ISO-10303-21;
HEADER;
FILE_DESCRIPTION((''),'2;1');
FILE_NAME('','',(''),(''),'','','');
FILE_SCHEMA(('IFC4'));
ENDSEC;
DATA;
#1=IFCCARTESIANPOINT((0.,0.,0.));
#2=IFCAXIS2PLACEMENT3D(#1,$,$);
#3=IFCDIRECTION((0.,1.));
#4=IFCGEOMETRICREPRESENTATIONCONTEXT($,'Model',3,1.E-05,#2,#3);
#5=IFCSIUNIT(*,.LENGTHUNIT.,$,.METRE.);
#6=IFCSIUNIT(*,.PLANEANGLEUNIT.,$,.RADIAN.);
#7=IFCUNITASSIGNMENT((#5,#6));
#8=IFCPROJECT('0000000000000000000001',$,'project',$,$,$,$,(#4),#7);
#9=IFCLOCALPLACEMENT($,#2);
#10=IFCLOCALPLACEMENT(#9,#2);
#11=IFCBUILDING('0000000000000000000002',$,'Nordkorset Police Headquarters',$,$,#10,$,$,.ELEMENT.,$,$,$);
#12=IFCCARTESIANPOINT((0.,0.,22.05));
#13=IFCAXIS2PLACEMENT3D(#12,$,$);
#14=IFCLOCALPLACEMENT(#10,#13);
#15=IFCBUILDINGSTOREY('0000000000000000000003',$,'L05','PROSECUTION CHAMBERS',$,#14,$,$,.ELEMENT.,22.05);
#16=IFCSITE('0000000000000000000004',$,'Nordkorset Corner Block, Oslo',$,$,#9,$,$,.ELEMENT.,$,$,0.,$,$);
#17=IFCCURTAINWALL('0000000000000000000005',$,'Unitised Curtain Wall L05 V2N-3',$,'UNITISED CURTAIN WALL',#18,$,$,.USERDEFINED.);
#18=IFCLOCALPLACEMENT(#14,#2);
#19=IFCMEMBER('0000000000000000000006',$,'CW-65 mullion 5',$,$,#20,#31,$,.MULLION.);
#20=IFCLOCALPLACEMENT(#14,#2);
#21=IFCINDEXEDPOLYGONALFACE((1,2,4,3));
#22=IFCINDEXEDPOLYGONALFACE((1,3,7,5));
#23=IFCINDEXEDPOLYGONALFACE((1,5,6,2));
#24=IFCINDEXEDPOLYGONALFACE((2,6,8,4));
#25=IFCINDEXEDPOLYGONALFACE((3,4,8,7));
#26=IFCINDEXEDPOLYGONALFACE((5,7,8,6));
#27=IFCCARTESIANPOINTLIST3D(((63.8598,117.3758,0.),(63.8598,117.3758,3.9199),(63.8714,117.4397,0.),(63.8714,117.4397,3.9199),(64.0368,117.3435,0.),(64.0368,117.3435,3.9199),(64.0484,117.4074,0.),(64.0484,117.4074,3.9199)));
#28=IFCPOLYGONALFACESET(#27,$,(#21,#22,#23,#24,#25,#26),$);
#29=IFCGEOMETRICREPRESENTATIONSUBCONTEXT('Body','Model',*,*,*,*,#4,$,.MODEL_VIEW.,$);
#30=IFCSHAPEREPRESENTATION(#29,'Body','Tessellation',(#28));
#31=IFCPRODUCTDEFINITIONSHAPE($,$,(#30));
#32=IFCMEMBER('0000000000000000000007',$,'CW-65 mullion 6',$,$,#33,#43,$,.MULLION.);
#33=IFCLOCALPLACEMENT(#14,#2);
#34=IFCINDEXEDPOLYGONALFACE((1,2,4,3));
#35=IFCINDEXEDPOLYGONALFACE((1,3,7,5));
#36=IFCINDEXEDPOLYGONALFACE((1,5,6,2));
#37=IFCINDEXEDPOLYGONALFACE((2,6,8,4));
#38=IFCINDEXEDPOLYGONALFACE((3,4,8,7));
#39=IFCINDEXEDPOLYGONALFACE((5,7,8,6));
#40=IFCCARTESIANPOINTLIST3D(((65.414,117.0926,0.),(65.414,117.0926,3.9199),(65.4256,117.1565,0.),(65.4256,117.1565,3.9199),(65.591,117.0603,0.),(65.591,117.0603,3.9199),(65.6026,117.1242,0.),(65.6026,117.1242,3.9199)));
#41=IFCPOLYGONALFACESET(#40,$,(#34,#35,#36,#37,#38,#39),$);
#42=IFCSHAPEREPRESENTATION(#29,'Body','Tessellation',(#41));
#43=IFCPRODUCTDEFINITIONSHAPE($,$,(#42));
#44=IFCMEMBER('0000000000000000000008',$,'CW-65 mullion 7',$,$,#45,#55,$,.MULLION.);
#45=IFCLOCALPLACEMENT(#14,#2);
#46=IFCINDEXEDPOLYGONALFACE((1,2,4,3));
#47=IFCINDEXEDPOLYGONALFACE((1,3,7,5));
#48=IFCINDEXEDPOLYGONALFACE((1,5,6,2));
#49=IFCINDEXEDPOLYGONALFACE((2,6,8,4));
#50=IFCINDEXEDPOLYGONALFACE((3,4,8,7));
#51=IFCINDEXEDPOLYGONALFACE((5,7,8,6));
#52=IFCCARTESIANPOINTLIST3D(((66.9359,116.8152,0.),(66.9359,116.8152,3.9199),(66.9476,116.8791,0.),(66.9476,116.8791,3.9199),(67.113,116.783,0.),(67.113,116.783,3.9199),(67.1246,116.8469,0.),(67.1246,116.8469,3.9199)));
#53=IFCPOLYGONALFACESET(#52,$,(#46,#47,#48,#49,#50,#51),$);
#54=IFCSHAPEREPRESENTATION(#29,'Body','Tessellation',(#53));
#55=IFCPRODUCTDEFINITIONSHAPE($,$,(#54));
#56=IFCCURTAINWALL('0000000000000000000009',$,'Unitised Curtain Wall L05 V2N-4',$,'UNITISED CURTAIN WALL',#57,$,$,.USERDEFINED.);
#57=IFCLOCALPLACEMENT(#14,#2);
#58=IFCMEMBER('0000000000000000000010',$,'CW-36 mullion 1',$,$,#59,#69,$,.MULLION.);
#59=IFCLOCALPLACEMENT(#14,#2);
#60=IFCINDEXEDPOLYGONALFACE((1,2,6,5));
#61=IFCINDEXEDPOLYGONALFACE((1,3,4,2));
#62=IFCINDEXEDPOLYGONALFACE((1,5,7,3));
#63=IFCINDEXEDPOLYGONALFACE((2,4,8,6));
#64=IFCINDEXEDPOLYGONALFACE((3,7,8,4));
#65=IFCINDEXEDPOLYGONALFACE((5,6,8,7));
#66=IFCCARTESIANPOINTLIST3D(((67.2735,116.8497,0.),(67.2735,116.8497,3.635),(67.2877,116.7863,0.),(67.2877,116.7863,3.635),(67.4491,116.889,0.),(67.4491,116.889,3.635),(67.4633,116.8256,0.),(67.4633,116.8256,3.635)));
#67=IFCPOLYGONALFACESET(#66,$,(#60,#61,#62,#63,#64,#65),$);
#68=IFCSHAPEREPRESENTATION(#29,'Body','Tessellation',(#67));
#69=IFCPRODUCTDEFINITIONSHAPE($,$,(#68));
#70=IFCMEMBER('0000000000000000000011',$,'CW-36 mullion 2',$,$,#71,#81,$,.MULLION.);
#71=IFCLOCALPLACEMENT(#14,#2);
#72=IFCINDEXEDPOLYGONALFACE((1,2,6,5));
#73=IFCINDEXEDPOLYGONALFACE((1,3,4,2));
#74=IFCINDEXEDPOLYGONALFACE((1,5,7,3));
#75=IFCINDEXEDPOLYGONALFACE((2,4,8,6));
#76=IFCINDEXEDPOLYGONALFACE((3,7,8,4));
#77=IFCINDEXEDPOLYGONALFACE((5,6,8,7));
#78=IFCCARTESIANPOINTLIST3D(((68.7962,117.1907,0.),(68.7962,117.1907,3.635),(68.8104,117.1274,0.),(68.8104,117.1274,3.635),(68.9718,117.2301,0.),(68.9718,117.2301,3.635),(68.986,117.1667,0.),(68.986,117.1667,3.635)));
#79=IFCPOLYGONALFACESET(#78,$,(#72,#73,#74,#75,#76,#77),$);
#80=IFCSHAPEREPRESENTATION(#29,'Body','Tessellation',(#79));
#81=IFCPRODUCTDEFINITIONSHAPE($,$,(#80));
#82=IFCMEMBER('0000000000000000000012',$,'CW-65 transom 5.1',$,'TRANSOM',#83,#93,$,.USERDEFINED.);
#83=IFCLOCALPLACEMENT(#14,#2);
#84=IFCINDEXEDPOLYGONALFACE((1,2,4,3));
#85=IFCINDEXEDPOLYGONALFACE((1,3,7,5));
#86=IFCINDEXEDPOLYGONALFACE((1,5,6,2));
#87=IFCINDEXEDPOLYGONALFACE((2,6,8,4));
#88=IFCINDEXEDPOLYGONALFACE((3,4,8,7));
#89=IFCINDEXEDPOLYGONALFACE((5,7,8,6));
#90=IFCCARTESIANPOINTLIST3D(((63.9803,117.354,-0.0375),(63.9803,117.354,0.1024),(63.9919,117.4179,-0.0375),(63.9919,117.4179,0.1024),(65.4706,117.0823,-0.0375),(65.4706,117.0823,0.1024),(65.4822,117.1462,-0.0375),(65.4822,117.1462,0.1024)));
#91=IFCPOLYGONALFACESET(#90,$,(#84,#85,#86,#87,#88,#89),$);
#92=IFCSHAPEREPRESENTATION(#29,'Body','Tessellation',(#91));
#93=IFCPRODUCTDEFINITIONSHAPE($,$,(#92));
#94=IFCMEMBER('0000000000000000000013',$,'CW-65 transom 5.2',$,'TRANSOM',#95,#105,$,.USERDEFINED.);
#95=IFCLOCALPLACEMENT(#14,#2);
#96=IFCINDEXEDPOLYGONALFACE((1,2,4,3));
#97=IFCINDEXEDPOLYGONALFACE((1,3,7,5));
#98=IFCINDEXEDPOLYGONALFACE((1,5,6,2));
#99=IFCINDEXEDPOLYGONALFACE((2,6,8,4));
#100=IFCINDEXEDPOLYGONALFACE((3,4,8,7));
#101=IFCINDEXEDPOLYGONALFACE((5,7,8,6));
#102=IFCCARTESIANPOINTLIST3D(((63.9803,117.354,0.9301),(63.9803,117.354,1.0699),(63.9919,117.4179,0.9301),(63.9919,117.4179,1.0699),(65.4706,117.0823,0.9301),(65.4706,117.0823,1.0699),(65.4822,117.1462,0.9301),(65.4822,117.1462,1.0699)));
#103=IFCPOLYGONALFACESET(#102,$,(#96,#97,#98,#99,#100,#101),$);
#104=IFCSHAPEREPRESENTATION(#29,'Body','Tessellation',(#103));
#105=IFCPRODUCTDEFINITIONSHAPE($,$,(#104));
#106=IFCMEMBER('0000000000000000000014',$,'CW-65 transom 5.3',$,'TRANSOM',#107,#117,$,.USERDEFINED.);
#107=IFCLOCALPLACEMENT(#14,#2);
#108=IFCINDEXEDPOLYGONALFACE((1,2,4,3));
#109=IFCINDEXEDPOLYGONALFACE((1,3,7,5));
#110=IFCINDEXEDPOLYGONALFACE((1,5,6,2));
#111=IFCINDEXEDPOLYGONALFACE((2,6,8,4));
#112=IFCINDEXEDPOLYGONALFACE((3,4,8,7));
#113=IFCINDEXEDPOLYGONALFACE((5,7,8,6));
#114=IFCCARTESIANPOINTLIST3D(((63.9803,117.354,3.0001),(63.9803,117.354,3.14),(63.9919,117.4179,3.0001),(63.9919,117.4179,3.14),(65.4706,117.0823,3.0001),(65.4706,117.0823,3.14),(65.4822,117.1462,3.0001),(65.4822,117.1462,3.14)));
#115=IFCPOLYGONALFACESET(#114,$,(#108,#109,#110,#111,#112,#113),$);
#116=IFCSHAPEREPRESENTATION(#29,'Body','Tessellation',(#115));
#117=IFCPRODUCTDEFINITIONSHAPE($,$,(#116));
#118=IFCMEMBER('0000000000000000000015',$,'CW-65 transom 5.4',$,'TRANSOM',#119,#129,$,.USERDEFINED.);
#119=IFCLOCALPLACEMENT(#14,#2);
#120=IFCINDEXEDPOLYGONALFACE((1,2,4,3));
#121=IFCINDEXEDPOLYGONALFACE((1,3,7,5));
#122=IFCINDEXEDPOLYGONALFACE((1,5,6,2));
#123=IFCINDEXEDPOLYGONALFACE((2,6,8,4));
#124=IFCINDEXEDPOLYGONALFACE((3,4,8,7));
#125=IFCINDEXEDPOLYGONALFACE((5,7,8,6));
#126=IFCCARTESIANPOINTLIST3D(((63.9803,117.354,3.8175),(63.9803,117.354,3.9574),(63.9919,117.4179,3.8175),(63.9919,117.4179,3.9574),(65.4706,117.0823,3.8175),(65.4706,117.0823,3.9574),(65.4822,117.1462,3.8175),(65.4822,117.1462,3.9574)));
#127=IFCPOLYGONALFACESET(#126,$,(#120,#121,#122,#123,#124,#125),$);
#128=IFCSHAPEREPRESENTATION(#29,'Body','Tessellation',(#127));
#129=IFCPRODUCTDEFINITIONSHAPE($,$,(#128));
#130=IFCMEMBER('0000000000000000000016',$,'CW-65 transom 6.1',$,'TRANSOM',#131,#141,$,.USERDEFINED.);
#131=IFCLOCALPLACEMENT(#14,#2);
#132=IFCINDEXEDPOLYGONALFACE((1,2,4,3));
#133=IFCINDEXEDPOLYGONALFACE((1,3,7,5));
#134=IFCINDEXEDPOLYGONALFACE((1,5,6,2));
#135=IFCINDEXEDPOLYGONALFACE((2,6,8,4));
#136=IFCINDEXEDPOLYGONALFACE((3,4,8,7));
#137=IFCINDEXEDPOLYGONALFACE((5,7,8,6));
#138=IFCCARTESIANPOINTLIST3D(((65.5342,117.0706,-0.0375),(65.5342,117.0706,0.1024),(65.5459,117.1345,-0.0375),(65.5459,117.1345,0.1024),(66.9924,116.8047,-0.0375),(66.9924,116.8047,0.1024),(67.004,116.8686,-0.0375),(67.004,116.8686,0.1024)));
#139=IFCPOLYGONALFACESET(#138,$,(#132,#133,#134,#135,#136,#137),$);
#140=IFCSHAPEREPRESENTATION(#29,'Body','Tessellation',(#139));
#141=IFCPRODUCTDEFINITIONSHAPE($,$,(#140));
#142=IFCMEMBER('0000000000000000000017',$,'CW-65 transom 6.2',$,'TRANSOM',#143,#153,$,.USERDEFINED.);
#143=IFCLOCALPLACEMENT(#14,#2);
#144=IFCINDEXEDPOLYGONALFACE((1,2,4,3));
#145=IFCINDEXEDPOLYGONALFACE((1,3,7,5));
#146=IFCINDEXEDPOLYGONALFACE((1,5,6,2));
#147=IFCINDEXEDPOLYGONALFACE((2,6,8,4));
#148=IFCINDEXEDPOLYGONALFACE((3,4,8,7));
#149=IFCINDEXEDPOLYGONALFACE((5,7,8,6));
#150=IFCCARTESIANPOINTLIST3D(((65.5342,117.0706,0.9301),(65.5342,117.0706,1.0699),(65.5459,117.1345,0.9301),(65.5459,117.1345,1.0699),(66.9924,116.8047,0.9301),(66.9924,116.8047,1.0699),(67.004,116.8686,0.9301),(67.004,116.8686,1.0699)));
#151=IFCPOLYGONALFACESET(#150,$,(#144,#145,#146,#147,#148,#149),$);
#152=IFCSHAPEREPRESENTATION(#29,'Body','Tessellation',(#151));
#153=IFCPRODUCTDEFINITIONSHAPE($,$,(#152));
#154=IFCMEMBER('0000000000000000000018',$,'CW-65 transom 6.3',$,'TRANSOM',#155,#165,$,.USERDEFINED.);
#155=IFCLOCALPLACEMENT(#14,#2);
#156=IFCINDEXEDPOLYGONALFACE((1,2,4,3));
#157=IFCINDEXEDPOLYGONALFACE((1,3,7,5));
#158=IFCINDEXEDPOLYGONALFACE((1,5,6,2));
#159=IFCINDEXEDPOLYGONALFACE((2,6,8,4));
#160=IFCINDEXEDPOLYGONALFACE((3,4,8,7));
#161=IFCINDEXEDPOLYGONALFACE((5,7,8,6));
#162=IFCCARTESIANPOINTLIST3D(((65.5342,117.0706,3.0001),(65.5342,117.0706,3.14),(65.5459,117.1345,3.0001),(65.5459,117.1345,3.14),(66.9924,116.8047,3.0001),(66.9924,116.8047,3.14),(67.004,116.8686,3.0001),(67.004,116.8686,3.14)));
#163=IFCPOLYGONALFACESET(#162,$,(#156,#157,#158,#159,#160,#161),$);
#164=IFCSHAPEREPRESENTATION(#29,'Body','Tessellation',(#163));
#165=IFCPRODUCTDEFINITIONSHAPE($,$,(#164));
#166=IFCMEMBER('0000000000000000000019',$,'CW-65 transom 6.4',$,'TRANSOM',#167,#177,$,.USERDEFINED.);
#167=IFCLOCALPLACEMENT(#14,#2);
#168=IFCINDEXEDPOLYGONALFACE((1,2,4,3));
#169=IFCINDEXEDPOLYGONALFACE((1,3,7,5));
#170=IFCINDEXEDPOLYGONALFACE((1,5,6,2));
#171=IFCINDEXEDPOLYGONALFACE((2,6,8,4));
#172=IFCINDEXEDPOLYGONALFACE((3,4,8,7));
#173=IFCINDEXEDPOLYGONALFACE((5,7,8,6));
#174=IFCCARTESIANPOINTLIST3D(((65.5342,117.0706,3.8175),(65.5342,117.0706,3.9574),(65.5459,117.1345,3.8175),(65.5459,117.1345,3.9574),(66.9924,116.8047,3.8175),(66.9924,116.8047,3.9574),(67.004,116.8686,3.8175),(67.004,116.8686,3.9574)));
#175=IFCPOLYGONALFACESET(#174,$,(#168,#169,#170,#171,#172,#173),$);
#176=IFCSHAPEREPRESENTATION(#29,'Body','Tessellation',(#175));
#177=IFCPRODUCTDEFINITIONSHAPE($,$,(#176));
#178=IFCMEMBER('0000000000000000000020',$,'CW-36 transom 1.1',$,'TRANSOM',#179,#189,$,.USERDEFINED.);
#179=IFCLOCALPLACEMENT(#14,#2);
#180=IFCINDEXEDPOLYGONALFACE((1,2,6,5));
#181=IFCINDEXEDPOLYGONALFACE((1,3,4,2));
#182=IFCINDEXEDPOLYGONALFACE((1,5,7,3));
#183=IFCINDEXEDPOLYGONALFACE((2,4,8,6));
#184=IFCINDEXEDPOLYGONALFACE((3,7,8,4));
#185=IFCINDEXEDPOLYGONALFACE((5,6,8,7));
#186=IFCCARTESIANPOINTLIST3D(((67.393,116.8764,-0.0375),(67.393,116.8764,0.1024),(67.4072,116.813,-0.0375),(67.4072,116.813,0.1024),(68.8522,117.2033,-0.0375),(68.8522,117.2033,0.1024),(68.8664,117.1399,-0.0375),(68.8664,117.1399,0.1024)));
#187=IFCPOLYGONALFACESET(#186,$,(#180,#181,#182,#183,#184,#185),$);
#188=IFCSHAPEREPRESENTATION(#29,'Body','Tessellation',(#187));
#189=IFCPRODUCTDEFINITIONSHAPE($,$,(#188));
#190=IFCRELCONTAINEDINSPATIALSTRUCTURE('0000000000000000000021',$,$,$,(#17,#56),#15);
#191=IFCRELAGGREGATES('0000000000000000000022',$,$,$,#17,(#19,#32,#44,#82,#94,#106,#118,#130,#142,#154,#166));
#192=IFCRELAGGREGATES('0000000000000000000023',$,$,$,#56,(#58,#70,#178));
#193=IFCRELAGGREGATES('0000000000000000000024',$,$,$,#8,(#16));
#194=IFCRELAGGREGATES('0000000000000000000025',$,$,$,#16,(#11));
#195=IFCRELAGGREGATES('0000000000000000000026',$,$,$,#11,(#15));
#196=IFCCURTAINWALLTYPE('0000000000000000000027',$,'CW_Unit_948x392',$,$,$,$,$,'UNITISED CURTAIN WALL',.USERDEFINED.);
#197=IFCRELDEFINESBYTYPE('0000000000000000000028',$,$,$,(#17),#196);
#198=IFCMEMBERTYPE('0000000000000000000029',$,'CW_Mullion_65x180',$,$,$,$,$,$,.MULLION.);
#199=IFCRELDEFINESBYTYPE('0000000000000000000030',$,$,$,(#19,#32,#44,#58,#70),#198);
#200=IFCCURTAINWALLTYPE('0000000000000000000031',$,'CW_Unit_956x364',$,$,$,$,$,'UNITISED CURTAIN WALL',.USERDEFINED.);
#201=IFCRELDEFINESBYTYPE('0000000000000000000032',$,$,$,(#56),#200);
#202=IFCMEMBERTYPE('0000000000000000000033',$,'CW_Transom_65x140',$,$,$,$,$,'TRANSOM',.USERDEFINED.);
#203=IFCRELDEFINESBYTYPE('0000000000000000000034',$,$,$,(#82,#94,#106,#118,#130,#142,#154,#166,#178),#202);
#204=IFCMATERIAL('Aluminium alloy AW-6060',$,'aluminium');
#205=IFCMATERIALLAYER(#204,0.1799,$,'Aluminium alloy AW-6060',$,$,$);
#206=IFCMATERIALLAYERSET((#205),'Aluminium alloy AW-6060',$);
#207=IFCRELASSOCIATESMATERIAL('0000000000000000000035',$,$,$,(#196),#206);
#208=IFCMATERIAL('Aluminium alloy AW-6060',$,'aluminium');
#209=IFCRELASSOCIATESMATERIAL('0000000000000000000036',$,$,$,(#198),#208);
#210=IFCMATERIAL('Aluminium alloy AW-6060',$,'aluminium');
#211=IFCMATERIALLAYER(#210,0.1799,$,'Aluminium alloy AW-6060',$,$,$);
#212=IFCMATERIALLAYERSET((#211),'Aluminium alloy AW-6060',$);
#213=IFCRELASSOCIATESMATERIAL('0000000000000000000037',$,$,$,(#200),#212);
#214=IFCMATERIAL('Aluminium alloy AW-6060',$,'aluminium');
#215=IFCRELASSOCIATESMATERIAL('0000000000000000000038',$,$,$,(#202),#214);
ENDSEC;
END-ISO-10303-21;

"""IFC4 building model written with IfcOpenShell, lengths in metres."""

from ifc_helpers import new_model, si_unit, direction, frame, origin, origin_2d, place, context, subcontext, project, spatial, rectangle, extrude, material, layer, layer_set, material_profile, profile_set, type_object, element, aggregate, save


model = new_model("IFC4")

# Units and contexts
model_context = context("Model", 3, precision=1e-05, world=origin(), true_north=direction((0.0, 1.0)))
body_context = subcontext(model_context, "Body", "Model", "MODEL_VIEW")
ifc_project = project(units=[si_unit("LENGTHUNIT", "METRE"), si_unit("PLANEANGLEUNIT", "RADIAN")], contexts=[model_context])

# Site, building, storey
site_placement = place(None, origin())
site = spatial("IfcSite", under=ifc_project, at=site_placement, Name="Nordkorset Corner Block, Oslo", CompositionType="ELEMENT", RefElevation=0.0)
building_placement = place(site_placement, origin())
building = spatial("IfcBuilding", under=site, at=building_placement, Name="Nordkorset Police Headquarters", CompositionType="ELEMENT")
storey_placement = place(building_placement, frame((0.0, 0.0, 22.05)))
storey = spatial("IfcBuildingStorey", under=building, at=storey_placement, Name="L05", Description="PROSECUTION CHAMBERS", CompositionType="ELEMENT", Elevation=22.05)

# Curtain walls, members
ifc_material_1 = material(Name="Aluminium alloy AW-6060", Category="aluminium")
ifc_layer_1 = layer(ifc_material_1, 0.1799, Name="Aluminium alloy AW-6060")
ifc_layer_set_1 = layer_set([ifc_layer_1], Name="Aluminium alloy AW-6060")
curtain_wall_type_1 = type_object("IfcCurtainWallType", Name="CW_Unit_948x392", ElementType="UNITISED CURTAIN WALL", PredefinedType="USERDEFINED", material=ifc_layer_set_1)
curtain_wall_1_placement = place(storey_placement, origin())
curtain_wall_1 = element("IfcCurtainWall", 1, at=curtain_wall_1_placement, inside=storey, type_object=curtain_wall_type_1, Name="Unitised Curtain Wall L05 V2N-3", ObjectType="UNITISED CURTAIN WALL", PredefinedType="USERDEFINED")
ifc_material_2 = material(Name="Aluminium alloy AW-6060", Category="aluminium")
ifc_material_profile_1 = material_profile(ifc_material_2, rectangle(XDim=0.0649, YDim=0.1799, at=origin_2d()), Name="ALU MULL 65x180")
ifc_profile_set_1 = profile_set([ifc_material_profile_1], Name="Aluminium alloy AW-6060")
member_type_1 = type_object("IfcMemberType", Name="CW_Mullion_65x180", PredefinedType="MULLION", material=ifc_profile_set_1)
member_1_placement = place(storey_placement, frame((63.9541, 117.3916, 0.0), z_axis=(0.0, 0.0, 1.0), x_axis=(0.179336, 0.983788, 0.0)))
member_1 = element("IfcMember", 2, at=member_1_placement, type_object=member_type_1, Name="CW-65 mullion 5", PredefinedType="MULLION", context=body_context, shape_type="SweptSolid", body=[
    extrude(rectangle(XDim=0.0649, YDim=0.1799, at=origin_2d()), origin(), (0.0, 0.0, 1.0), 3.9199),
])
member_2_placement = place(storey_placement, frame((65.5083, 117.1084, 0.0), z_axis=(0.0, 0.0, 1.0), x_axis=(0.179336, 0.983788, 0.0)))
member_2 = element("IfcMember", 3, at=member_2_placement, type_object=member_type_1, Name="CW-65 mullion 6", PredefinedType="MULLION", context=body_context, shape_type="SweptSolid", body=[
    extrude(rectangle(XDim=0.0649, YDim=0.1799, at=origin_2d()), origin(), (0.0, 0.0, 1.0), 3.9199),
])
member_3_placement = place(storey_placement, frame((67.0303, 116.8311, 0.0), z_axis=(0.0, 0.0, 1.0), x_axis=(0.179336, 0.983788, 0.0)))
member_3 = element("IfcMember", 4, at=member_3_placement, type_object=member_type_1, Name="CW-65 mullion 7", PredefinedType="MULLION", context=body_context, shape_type="SweptSolid", body=[
    extrude(rectangle(XDim=0.0649, YDim=0.1799, at=origin_2d()), origin(), (0.0, 0.0, 1.0), 3.9199),
])
ifc_material_3 = material(Name="Aluminium alloy AW-6060", Category="aluminium")
ifc_layer_2 = layer(ifc_material_3, 0.1799, Name="Aluminium alloy AW-6060")
ifc_layer_set_2 = layer_set([ifc_layer_2], Name="Aluminium alloy AW-6060")
curtain_wall_type_2 = type_object("IfcCurtainWallType", Name="CW_Unit_956x364", ElementType="UNITISED CURTAIN WALL", PredefinedType="USERDEFINED", material=ifc_layer_set_2)
curtain_wall_2_placement = place(storey_placement, origin())
curtain_wall_2 = element("IfcCurtainWall", 5, at=curtain_wall_2_placement, inside=storey, type_object=curtain_wall_type_2, Name="Unitised Curtain Wall L05 V2N-4", ObjectType="UNITISED CURTAIN WALL", PredefinedType="USERDEFINED")
member_4_placement = place(storey_placement, frame((67.3684, 116.8376, 0.0), z_axis=(0.0, 0.0, 1.0), x_axis=(-0.218544, 0.975827, 0.0)))
member_4 = element("IfcMember", 6, at=member_4_placement, type_object=member_type_1, Name="CW-36 mullion 1", PredefinedType="MULLION", context=body_context, shape_type="SweptSolid", body=[
    extrude(rectangle(XDim=0.0649, YDim=0.1799, at=origin_2d()), origin(), (0.0, 0.0, 1.0), 3.635),
])
member_5_placement = place(storey_placement, frame((68.8911, 117.1787, 0.0), z_axis=(0.0, 0.0, 1.0), x_axis=(-0.218544, 0.975827, 0.0)))
member_5 = element("IfcMember", 7, at=member_5_placement, type_object=member_type_1, Name="CW-36 mullion 2", PredefinedType="MULLION", context=body_context, shape_type="SweptSolid", body=[
    extrude(rectangle(XDim=0.0649, YDim=0.1799, at=origin_2d()), origin(), (0.0, 0.0, 1.0), 3.635),
])

# Members
ifc_material_4 = material(Name="Aluminium alloy AW-6060", Category="aluminium")
ifc_material_profile_2 = material_profile(ifc_material_4, rectangle(XDim=0.0649, YDim=0.1399, at=origin_2d()), Name="ALU TRAN 65x140")
ifc_profile_set_2 = profile_set([ifc_material_profile_2], Name="Aluminium alloy AW-6060")
member_type_2 = type_object("IfcMemberType", Name="CW_Transom_65x140", ElementType="TRANSOM", PredefinedType="USERDEFINED", material=ifc_profile_set_2)
member_6_placement = place(storey_placement, frame((63.9861, 117.386, 0.0325), z_axis=(0.98378, -0.179382, 0.0), x_axis=(0.179382, 0.98378, 0.0)))
member_6 = element("IfcMember", 8, at=member_6_placement, type_object=member_type_2, Name="CW-65 transom 5.1", ObjectType="TRANSOM", PredefinedType="USERDEFINED", context=body_context, shape_type="SweptSolid", body=[
    extrude(rectangle(XDim=0.0649, YDim=0.1399, at=origin_2d()), origin(), (0.0, 0.0, 1.0), 1.5149),
])
member_7_placement = place(storey_placement, frame((63.9861, 117.386, 1.0), z_axis=(0.98378, -0.179382, 0.0), x_axis=(0.179382, 0.98378, 0.0)))
member_7 = element("IfcMember", 9, at=member_7_placement, type_object=member_type_2, Name="CW-65 transom 5.2", ObjectType="TRANSOM", PredefinedType="USERDEFINED", context=body_context, shape_type="SweptSolid", body=[
    extrude(rectangle(XDim=0.0649, YDim=0.1399, at=origin_2d()), origin(), (0.0, 0.0, 1.0), 1.5149),
])
member_8_placement = place(storey_placement, frame((63.9861, 117.386, 3.0701), z_axis=(0.98378, -0.179382, 0.0), x_axis=(0.179382, 0.98378, 0.0)))
member_8 = element("IfcMember", 10, at=member_8_placement, type_object=member_type_2, Name="CW-65 transom 5.3", ObjectType="TRANSOM", PredefinedType="USERDEFINED", context=body_context, shape_type="SweptSolid", body=[
    extrude(rectangle(XDim=0.0649, YDim=0.1399, at=origin_2d()), origin(), (0.0, 0.0, 1.0), 1.5149),
])
member_9_placement = place(storey_placement, frame((63.9861, 117.386, 3.8875), z_axis=(0.98378, -0.179382, 0.0), x_axis=(0.179382, 0.98378, 0.0)))
member_9 = element("IfcMember", 11, at=member_9_placement, type_object=member_type_2, Name="CW-65 transom 5.4", ObjectType="TRANSOM", PredefinedType="USERDEFINED", context=body_context, shape_type="SweptSolid", body=[
    extrude(rectangle(XDim=0.0649, YDim=0.1399, at=origin_2d()), origin(), (0.0, 0.0, 1.0), 1.5149),
])
member_10_placement = place(storey_placement, frame((65.54, 117.1025, 0.0325), z_axis=(0.983783, -0.179364, 0.0), x_axis=(0.179364, 0.983783, 0.0)))
member_10 = element("IfcMember", 12, at=member_10_placement, type_object=member_type_2, Name="CW-65 transom 6.1", ObjectType="TRANSOM", PredefinedType="USERDEFINED", context=body_context, shape_type="SweptSolid", body=[
    extrude(rectangle(XDim=0.0649, YDim=0.1399, at=origin_2d()), origin(), (0.0, 0.0, 1.0), 1.4822),
])
member_11_placement = place(storey_placement, frame((65.54, 117.1025, 1.0), z_axis=(0.983783, -0.179364, 0.0), x_axis=(0.179364, 0.983783, 0.0)))
member_11 = element("IfcMember", 13, at=member_11_placement, type_object=member_type_2, Name="CW-65 transom 6.2", ObjectType="TRANSOM", PredefinedType="USERDEFINED", context=body_context, shape_type="SweptSolid", body=[
    extrude(rectangle(XDim=0.0649, YDim=0.1399, at=origin_2d()), origin(), (0.0, 0.0, 1.0), 1.4822),
])
member_12_placement = place(storey_placement, frame((65.54, 117.1025, 3.0701), z_axis=(0.983783, -0.179364, 0.0), x_axis=(0.179364, 0.983783, 0.0)))
member_12 = element("IfcMember", 14, at=member_12_placement, type_object=member_type_2, Name="CW-65 transom 6.3", ObjectType="TRANSOM", PredefinedType="USERDEFINED", context=body_context, shape_type="SweptSolid", body=[
    extrude(rectangle(XDim=0.0649, YDim=0.1399, at=origin_2d()), origin(), (0.0, 0.0, 1.0), 1.4822),
])
member_13_placement = place(storey_placement, frame((65.54, 117.1025, 3.8875), z_axis=(0.983783, -0.179364, 0.0), x_axis=(0.179364, 0.983783, 0.0)))
member_13 = element("IfcMember", 15, at=member_13_placement, type_object=member_type_2, Name="CW-65 transom 6.4", ObjectType="TRANSOM", PredefinedType="USERDEFINED", context=body_context, shape_type="SweptSolid", body=[
    extrude(rectangle(XDim=0.0649, YDim=0.1399, at=origin_2d()), origin(), (0.0, 0.0, 1.0), 1.4822),
])
member_14_placement = place(storey_placement, frame((67.4001, 116.8447, 0.0325), z_axis=(0.975813, 0.218607, 0.0), x_axis=(-0.218607, 0.975813, 0.0)))
member_14 = element("IfcMember", 16, at=member_14_placement, type_object=member_type_2, Name="CW-36 transom 1.1", ObjectType="TRANSOM", PredefinedType="USERDEFINED", context=body_context, shape_type="SweptSolid", body=[
    extrude(rectangle(XDim=0.0649, YDim=0.1399, at=origin_2d()), origin(), (0.0, 0.0, 1.0), 1.4954),
])

aggregate(curtain_wall_1, [member_1, member_2, member_3, member_6, member_7, member_8, member_9, member_10, member_11, member_12, member_13])
aggregate(curtain_wall_2, [member_4, member_5, member_14])

save(model, "model.ifc")
